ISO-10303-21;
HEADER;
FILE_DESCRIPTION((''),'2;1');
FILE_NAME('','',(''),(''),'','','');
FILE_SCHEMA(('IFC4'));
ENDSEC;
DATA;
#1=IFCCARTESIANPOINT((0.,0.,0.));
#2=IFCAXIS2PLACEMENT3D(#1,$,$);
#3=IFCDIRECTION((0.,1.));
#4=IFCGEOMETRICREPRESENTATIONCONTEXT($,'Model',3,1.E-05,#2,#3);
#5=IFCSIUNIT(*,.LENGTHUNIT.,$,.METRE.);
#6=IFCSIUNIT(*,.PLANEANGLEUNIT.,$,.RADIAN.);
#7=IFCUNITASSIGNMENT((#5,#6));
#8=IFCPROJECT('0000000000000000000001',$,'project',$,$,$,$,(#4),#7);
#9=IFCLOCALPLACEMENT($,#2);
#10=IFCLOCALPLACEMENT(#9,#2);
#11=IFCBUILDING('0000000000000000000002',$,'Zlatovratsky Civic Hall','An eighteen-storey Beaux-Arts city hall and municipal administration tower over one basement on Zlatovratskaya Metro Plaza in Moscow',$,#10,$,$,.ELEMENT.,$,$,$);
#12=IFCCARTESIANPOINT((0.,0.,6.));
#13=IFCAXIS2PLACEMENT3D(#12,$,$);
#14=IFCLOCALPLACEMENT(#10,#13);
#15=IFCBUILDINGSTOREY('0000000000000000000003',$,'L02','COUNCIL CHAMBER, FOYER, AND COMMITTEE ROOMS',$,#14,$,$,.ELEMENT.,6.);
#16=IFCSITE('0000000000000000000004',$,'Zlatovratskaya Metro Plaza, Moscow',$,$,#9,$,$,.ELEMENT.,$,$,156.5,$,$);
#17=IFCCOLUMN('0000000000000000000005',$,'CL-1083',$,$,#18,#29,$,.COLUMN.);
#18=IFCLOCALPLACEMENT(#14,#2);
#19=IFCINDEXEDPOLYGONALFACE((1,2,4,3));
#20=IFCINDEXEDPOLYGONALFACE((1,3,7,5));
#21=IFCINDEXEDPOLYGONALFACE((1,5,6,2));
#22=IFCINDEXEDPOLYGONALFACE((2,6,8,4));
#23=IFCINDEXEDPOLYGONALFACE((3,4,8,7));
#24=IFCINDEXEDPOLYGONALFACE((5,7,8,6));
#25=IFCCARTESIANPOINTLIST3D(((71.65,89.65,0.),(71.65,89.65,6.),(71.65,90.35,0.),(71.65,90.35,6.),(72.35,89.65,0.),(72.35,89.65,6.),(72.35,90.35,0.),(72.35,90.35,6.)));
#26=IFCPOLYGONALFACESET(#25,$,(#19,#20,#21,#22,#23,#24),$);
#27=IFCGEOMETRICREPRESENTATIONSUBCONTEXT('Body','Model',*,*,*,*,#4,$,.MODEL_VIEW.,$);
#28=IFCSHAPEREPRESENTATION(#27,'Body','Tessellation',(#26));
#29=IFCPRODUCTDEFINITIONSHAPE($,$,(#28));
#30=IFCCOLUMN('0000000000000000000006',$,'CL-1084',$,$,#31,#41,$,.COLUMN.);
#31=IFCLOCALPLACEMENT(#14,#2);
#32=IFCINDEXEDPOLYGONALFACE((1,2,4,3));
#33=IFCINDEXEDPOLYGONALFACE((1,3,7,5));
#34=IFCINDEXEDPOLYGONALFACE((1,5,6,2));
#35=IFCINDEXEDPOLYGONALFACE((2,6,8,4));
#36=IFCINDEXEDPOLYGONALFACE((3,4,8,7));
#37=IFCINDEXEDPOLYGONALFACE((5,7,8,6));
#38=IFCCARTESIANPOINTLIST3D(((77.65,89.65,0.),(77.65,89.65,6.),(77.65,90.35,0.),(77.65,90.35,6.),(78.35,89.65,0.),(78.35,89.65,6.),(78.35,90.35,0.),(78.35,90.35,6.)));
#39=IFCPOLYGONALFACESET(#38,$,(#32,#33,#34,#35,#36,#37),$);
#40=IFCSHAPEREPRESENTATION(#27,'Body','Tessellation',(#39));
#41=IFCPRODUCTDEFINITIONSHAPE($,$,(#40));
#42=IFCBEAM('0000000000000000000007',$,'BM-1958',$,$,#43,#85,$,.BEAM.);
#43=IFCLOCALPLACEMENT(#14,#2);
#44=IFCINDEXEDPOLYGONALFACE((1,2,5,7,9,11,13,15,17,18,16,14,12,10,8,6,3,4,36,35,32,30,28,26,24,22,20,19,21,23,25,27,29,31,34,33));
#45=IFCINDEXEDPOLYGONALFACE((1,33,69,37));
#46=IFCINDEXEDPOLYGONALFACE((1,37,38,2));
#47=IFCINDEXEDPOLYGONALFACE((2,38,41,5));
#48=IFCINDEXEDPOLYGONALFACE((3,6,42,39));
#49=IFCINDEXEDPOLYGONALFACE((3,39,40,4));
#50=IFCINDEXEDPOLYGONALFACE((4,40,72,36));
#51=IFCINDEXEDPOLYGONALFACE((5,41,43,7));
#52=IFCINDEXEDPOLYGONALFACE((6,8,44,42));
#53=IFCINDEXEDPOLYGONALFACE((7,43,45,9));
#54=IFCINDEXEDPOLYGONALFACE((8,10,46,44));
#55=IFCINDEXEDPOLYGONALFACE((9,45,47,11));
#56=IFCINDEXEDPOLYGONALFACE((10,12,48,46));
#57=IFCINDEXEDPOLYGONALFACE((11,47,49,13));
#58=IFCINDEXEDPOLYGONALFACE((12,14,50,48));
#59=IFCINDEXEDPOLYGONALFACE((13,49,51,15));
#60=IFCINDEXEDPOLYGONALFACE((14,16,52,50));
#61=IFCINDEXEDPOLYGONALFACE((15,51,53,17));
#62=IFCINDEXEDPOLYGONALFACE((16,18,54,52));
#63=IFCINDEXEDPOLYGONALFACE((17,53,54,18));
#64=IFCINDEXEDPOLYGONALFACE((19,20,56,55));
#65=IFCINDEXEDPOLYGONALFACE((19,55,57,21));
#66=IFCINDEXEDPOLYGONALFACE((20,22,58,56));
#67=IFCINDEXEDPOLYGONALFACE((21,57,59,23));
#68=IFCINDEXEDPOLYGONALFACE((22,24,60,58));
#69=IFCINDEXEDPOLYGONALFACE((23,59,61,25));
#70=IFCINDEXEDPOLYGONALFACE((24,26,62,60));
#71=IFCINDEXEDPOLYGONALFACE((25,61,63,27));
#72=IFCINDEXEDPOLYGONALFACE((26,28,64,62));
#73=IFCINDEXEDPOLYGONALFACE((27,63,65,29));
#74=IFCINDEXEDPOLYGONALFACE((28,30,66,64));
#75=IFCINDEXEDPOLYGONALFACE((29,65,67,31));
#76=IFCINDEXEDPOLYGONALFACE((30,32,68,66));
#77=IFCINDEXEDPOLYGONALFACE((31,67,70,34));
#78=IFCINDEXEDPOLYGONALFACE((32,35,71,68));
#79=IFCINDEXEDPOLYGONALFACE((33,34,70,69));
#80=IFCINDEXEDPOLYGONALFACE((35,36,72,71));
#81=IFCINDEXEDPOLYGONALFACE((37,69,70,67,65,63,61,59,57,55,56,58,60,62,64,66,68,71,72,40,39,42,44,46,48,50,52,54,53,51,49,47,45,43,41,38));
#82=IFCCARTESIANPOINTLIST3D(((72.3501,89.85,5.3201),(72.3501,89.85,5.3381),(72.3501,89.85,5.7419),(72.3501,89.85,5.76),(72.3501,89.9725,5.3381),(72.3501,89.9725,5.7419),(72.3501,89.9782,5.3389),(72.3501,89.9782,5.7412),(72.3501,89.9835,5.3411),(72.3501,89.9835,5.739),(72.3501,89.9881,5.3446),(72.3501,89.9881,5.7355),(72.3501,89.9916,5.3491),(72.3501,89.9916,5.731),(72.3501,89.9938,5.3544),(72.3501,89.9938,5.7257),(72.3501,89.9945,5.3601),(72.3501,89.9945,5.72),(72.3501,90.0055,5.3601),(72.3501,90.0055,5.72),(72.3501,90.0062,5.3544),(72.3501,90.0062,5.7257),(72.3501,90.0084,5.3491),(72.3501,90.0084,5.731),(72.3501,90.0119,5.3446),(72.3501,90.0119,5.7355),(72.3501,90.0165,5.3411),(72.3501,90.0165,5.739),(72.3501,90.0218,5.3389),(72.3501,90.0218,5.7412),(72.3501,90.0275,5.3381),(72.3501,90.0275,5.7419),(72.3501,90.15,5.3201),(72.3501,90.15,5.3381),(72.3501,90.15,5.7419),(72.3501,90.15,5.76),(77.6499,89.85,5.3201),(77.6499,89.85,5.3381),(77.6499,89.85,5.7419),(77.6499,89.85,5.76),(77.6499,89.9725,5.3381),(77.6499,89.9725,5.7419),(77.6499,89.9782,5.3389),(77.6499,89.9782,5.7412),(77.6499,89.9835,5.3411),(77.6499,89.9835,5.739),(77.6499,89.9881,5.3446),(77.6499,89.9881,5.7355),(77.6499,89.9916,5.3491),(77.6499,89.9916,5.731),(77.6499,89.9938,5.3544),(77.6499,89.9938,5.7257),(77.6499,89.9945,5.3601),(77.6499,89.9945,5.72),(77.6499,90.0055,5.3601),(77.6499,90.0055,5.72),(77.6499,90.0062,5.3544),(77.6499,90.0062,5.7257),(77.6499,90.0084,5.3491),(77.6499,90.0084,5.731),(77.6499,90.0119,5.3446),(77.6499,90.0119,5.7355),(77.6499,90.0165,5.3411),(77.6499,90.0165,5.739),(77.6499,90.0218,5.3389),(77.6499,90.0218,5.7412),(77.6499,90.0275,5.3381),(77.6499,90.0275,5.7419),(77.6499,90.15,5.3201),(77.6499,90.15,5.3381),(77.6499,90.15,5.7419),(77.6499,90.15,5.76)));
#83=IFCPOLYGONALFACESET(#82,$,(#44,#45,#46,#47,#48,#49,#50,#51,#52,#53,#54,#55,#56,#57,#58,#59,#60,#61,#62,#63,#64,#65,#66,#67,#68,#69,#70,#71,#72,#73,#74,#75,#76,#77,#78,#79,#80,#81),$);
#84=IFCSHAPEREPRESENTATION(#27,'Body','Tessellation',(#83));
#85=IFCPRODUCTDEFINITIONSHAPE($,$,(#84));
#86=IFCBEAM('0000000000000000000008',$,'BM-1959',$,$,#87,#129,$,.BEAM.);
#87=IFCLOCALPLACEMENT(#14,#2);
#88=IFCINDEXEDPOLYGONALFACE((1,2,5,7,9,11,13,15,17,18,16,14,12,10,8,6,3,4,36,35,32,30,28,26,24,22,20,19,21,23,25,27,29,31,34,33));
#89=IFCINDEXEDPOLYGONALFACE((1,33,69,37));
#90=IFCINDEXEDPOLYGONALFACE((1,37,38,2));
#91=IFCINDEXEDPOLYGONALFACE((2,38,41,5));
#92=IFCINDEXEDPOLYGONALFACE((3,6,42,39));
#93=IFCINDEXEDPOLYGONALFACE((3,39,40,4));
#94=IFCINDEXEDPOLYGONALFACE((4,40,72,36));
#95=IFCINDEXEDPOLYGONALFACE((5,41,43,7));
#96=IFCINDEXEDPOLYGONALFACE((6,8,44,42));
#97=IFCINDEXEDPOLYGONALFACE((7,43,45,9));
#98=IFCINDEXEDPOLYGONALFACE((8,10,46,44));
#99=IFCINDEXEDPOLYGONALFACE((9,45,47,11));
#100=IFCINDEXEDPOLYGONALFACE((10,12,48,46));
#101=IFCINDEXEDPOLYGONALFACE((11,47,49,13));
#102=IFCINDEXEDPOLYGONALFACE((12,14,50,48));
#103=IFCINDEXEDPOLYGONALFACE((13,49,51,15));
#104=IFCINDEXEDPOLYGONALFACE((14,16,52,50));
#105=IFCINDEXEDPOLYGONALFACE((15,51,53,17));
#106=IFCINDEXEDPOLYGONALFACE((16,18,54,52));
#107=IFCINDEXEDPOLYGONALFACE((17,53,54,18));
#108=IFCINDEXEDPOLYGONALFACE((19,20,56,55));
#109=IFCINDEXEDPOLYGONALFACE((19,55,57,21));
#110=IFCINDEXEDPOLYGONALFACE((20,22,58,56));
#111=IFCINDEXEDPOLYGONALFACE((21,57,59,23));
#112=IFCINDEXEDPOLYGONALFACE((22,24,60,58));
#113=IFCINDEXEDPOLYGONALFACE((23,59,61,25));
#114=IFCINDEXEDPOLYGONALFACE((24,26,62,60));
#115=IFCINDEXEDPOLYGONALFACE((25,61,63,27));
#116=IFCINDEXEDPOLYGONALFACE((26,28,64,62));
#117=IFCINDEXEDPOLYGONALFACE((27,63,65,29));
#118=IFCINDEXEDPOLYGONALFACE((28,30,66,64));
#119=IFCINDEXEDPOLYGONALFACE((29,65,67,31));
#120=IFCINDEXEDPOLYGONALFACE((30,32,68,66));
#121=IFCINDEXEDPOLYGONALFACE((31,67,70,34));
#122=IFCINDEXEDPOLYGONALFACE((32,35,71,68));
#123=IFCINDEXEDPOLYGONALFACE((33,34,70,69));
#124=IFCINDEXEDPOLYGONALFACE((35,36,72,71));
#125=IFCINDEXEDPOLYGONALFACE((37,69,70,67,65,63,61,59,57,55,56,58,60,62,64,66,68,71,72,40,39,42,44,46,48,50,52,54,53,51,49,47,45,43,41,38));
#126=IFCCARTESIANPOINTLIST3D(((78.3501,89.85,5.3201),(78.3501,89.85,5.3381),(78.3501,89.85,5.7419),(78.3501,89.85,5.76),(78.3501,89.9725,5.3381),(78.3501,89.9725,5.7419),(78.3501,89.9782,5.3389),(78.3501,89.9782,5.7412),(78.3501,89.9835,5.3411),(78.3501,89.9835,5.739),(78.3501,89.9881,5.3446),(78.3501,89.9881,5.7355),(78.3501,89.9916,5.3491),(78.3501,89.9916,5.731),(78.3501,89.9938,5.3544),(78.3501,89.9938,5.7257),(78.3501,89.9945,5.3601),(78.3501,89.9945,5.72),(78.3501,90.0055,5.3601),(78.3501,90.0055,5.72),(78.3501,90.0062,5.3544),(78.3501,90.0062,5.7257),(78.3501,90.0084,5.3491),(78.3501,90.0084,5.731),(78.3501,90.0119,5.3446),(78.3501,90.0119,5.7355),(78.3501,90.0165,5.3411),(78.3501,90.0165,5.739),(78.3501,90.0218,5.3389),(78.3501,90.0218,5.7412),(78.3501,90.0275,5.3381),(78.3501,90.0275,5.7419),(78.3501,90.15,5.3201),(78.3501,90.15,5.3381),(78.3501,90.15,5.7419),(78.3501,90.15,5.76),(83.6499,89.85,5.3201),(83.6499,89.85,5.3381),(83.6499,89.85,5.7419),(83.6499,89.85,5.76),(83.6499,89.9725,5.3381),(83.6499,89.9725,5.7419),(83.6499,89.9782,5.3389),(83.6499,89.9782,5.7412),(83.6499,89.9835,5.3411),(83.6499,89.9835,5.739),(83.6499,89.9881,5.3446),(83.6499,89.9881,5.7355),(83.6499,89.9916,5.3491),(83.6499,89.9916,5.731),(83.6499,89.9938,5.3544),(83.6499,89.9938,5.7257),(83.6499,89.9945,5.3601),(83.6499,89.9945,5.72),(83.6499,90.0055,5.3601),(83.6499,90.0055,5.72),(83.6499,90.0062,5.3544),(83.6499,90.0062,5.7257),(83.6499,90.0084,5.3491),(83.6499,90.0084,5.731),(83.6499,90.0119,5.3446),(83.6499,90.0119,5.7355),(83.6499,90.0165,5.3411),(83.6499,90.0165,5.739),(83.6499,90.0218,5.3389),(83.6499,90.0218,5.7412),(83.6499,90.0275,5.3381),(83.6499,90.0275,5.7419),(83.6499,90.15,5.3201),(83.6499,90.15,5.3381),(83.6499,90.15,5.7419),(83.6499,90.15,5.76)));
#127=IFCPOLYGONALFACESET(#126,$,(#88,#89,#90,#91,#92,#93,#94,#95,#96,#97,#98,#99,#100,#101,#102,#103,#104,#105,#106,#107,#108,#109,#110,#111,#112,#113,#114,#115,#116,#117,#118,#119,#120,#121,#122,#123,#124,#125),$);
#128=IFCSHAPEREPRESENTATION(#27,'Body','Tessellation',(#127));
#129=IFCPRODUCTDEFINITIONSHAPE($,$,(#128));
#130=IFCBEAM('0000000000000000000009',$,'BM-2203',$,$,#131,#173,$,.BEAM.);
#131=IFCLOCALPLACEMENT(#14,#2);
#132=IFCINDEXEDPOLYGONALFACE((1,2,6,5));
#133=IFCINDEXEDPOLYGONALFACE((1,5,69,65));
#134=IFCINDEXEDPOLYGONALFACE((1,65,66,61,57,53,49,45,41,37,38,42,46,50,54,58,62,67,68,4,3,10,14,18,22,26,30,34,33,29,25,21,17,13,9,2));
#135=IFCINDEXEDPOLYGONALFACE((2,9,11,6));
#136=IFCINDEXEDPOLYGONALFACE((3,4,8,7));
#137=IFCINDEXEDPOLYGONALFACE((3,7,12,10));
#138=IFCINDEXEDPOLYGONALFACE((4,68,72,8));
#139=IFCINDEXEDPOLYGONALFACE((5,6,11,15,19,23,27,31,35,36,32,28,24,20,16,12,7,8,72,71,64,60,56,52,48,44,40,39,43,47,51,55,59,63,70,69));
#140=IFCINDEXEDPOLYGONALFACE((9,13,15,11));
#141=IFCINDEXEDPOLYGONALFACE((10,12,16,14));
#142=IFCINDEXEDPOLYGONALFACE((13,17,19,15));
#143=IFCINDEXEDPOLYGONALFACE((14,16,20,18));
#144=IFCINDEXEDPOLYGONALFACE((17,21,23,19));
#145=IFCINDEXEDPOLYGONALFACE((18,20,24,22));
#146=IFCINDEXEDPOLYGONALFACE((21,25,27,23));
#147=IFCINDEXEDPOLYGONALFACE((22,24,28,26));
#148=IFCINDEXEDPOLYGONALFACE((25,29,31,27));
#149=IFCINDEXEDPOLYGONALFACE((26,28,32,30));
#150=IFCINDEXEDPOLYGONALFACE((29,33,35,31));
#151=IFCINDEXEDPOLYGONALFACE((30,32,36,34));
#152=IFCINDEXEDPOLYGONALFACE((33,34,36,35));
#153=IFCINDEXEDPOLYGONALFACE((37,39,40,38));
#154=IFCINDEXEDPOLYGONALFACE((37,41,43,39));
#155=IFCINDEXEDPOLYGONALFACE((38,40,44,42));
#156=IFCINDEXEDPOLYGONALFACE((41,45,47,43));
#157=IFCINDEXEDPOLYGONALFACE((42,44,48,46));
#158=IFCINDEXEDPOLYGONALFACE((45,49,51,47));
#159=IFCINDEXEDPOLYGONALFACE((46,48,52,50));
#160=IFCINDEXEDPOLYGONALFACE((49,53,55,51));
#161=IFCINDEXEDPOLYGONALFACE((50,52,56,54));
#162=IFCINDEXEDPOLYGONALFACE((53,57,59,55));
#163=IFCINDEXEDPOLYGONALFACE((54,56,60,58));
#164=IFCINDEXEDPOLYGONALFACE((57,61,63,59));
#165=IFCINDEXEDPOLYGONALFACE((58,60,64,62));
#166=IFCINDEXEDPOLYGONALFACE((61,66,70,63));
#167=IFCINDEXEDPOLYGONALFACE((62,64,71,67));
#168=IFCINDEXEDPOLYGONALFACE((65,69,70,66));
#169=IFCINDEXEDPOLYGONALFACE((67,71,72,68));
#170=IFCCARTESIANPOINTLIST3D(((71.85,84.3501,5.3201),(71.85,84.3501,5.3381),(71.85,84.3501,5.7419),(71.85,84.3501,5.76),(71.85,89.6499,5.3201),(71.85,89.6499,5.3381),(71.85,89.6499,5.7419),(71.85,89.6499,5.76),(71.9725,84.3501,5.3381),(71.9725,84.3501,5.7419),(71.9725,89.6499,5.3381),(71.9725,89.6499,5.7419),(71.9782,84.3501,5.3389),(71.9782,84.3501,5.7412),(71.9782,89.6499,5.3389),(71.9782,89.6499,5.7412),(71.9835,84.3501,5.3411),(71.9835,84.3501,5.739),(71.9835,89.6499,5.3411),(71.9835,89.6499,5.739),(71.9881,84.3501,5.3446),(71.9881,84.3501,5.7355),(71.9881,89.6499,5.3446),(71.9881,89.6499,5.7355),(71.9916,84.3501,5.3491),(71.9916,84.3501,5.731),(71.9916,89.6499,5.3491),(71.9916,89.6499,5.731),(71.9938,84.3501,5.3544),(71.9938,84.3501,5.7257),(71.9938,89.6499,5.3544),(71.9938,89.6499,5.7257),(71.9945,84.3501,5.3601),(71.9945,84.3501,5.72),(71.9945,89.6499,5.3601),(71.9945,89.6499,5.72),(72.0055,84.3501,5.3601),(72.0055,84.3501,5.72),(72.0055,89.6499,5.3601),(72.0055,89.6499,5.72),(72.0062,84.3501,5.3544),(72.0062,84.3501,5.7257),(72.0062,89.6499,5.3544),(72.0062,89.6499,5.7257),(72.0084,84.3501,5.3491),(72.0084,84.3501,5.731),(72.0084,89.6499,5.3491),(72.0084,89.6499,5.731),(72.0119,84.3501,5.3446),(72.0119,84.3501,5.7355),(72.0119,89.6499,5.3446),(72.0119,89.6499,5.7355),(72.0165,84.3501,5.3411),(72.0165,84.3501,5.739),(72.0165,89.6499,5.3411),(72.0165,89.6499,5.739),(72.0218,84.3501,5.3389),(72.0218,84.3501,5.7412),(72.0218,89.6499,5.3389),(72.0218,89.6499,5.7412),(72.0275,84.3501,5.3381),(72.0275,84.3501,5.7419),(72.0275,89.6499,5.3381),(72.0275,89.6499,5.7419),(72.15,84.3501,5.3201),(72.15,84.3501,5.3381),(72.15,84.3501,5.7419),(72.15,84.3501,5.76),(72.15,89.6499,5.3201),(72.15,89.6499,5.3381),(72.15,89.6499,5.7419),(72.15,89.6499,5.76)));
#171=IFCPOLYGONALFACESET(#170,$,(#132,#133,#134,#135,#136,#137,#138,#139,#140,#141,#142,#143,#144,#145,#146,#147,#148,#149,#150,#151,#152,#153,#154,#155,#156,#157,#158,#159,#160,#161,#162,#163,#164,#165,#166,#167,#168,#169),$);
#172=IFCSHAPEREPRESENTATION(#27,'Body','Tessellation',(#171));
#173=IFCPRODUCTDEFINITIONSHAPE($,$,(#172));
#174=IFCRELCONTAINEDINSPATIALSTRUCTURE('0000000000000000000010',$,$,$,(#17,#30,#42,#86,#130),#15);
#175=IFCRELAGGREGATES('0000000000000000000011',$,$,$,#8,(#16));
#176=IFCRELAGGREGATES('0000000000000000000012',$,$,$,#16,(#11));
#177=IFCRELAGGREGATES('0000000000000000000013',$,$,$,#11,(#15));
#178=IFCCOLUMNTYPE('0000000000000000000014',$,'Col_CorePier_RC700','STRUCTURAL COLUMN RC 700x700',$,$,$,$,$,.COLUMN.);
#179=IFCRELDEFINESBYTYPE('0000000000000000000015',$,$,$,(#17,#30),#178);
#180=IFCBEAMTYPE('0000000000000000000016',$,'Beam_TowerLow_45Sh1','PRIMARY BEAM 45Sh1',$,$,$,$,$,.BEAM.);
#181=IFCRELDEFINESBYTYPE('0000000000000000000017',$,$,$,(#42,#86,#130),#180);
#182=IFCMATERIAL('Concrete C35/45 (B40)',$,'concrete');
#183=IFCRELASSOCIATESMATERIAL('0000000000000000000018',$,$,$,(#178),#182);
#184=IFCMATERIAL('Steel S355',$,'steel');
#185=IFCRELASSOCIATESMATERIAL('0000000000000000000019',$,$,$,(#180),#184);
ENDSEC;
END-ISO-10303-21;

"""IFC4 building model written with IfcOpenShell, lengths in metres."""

from ifc_helpers import new_model, si_unit, direction, frame, origin, origin_2d, place, context, subcontext, project, spatial, rectangle, i_section, extrude, material, material_profile, profile_set, type_object, element, save


model = new_model("IFC4")

# Units and contexts
model_context = context("Model", 3, precision=1e-05, world=origin(), true_north=direction((0.0, 1.0)))
body_context = subcontext(model_context, "Body", "Model", "MODEL_VIEW")
ifc_project = project(units=[si_unit("LENGTHUNIT", "METRE"), si_unit("PLANEANGLEUNIT", "RADIAN")], contexts=[model_context])

# Site, building, storey
site_placement = place(None, origin())
site = spatial("IfcSite", under=ifc_project, at=site_placement, Name="Zlatovratskaya Metro Plaza, Moscow", CompositionType="ELEMENT", RefElevation=156.5)
building_placement = place(site_placement, origin())
building = spatial("IfcBuilding", under=site, at=building_placement, Name="Zlatovratsky Civic Hall", Description="An eighteen-storey Beaux-Arts city hall and municipal administration tower over one basement on Zlatovratskaya Metro Plaza in Moscow", CompositionType="ELEMENT")
storey_placement = place(building_placement, frame((0.0, 0.0, 6.0)))
storey = spatial("IfcBuildingStorey", under=building, at=storey_placement, Name="L02", Description="COUNCIL CHAMBER, FOYER, AND COMMITTEE ROOMS", CompositionType="ELEMENT", Elevation=6.0)

# Columns
ifc_material_1 = material(Name="Concrete C35/45 (B40)", Category="concrete")
ifc_material_profile_1 = material_profile(ifc_material_1, rectangle(XDim=0.7, YDim=0.7, at=origin_2d()), Name="RC 700x700")
ifc_profile_set_1 = profile_set([ifc_material_profile_1], Name="Concrete C35/45 (B40)")
column_type = type_object("IfcColumnType", Name="Col_CorePier_RC700", Description="STRUCTURAL COLUMN RC 700x700", PredefinedType="COLUMN", material=ifc_profile_set_1)
for number, where, z_axis, x_axis, name in (
    (1, (72.0, 90.0, 0.0), (0.0, 0.0, 1.0), (1.0, 0.0, 0.0), "CL-1083"),
    (2, (78.0, 90.0, 0.0), (0.0, 0.0, 1.0), (1.0, 0.0, 0.0), "CL-1084"),
):
    element("IfcColumn", number, at=place(storey_placement, frame(where, z_axis=z_axis, x_axis=x_axis)), inside=storey, type_object=column_type, Name=name, PredefinedType="COLUMN", context=body_context, shape_type="SweptSolid", body=[
        extrude(rectangle(XDim=0.7, YDim=0.7, at=origin_2d()), origin(), (0.0, 0.0, 1.0), 6.0),
    ])

# Beams
ifc_material_2 = material(Name="Steel S355", Category="steel")
ifc_material_profile_2 = material_profile(ifc_material_2, i_section(OverallWidth=0.3, OverallDepth=0.4399, WebThickness=0.011, FlangeThickness=0.0181, FilletRadius=0.022, at=origin_2d()), Name="45Sh1")
ifc_profile_set_2 = profile_set([ifc_material_profile_2], Name="Steel S355")
beam_type_1 = type_object("IfcBeamType", Name="Beam_TowerLow_45Sh1", Description="PRIMARY BEAM 45Sh1", PredefinedType="BEAM", material=ifc_profile_set_2)
for number, where, z_axis, x_axis, name in (
    (3, (72.3501, 90.0, 5.54), (1.0, 0.0, 0.0), (0.0, 1.0, 0.0), "BM-1958"),
    (4, (78.3501, 90.0, 5.54), (1.0, 0.0, 0.0), (0.0, 1.0, 0.0), "BM-1959"),
    (5, (72.0, 84.3501, 5.54), (0.0, 1.0, 0.0), (-1.0, 0.0, 0.0), "BM-2203"),
):
    element("IfcBeam", number, at=place(storey_placement, frame(where, z_axis=z_axis, x_axis=x_axis)), inside=storey, type_object=beam_type_1, Name=name, PredefinedType="BEAM", context=body_context, shape_type="SweptSolid", body=[
        extrude(i_section(OverallWidth=0.3, OverallDepth=0.4399, WebThickness=0.011, FlangeThickness=0.0181, FilletRadius=0.022, at=origin_2d()), origin(), (0.0, 0.0, 1.0), 5.2998),
    ])

save(model, "model.ifc")
